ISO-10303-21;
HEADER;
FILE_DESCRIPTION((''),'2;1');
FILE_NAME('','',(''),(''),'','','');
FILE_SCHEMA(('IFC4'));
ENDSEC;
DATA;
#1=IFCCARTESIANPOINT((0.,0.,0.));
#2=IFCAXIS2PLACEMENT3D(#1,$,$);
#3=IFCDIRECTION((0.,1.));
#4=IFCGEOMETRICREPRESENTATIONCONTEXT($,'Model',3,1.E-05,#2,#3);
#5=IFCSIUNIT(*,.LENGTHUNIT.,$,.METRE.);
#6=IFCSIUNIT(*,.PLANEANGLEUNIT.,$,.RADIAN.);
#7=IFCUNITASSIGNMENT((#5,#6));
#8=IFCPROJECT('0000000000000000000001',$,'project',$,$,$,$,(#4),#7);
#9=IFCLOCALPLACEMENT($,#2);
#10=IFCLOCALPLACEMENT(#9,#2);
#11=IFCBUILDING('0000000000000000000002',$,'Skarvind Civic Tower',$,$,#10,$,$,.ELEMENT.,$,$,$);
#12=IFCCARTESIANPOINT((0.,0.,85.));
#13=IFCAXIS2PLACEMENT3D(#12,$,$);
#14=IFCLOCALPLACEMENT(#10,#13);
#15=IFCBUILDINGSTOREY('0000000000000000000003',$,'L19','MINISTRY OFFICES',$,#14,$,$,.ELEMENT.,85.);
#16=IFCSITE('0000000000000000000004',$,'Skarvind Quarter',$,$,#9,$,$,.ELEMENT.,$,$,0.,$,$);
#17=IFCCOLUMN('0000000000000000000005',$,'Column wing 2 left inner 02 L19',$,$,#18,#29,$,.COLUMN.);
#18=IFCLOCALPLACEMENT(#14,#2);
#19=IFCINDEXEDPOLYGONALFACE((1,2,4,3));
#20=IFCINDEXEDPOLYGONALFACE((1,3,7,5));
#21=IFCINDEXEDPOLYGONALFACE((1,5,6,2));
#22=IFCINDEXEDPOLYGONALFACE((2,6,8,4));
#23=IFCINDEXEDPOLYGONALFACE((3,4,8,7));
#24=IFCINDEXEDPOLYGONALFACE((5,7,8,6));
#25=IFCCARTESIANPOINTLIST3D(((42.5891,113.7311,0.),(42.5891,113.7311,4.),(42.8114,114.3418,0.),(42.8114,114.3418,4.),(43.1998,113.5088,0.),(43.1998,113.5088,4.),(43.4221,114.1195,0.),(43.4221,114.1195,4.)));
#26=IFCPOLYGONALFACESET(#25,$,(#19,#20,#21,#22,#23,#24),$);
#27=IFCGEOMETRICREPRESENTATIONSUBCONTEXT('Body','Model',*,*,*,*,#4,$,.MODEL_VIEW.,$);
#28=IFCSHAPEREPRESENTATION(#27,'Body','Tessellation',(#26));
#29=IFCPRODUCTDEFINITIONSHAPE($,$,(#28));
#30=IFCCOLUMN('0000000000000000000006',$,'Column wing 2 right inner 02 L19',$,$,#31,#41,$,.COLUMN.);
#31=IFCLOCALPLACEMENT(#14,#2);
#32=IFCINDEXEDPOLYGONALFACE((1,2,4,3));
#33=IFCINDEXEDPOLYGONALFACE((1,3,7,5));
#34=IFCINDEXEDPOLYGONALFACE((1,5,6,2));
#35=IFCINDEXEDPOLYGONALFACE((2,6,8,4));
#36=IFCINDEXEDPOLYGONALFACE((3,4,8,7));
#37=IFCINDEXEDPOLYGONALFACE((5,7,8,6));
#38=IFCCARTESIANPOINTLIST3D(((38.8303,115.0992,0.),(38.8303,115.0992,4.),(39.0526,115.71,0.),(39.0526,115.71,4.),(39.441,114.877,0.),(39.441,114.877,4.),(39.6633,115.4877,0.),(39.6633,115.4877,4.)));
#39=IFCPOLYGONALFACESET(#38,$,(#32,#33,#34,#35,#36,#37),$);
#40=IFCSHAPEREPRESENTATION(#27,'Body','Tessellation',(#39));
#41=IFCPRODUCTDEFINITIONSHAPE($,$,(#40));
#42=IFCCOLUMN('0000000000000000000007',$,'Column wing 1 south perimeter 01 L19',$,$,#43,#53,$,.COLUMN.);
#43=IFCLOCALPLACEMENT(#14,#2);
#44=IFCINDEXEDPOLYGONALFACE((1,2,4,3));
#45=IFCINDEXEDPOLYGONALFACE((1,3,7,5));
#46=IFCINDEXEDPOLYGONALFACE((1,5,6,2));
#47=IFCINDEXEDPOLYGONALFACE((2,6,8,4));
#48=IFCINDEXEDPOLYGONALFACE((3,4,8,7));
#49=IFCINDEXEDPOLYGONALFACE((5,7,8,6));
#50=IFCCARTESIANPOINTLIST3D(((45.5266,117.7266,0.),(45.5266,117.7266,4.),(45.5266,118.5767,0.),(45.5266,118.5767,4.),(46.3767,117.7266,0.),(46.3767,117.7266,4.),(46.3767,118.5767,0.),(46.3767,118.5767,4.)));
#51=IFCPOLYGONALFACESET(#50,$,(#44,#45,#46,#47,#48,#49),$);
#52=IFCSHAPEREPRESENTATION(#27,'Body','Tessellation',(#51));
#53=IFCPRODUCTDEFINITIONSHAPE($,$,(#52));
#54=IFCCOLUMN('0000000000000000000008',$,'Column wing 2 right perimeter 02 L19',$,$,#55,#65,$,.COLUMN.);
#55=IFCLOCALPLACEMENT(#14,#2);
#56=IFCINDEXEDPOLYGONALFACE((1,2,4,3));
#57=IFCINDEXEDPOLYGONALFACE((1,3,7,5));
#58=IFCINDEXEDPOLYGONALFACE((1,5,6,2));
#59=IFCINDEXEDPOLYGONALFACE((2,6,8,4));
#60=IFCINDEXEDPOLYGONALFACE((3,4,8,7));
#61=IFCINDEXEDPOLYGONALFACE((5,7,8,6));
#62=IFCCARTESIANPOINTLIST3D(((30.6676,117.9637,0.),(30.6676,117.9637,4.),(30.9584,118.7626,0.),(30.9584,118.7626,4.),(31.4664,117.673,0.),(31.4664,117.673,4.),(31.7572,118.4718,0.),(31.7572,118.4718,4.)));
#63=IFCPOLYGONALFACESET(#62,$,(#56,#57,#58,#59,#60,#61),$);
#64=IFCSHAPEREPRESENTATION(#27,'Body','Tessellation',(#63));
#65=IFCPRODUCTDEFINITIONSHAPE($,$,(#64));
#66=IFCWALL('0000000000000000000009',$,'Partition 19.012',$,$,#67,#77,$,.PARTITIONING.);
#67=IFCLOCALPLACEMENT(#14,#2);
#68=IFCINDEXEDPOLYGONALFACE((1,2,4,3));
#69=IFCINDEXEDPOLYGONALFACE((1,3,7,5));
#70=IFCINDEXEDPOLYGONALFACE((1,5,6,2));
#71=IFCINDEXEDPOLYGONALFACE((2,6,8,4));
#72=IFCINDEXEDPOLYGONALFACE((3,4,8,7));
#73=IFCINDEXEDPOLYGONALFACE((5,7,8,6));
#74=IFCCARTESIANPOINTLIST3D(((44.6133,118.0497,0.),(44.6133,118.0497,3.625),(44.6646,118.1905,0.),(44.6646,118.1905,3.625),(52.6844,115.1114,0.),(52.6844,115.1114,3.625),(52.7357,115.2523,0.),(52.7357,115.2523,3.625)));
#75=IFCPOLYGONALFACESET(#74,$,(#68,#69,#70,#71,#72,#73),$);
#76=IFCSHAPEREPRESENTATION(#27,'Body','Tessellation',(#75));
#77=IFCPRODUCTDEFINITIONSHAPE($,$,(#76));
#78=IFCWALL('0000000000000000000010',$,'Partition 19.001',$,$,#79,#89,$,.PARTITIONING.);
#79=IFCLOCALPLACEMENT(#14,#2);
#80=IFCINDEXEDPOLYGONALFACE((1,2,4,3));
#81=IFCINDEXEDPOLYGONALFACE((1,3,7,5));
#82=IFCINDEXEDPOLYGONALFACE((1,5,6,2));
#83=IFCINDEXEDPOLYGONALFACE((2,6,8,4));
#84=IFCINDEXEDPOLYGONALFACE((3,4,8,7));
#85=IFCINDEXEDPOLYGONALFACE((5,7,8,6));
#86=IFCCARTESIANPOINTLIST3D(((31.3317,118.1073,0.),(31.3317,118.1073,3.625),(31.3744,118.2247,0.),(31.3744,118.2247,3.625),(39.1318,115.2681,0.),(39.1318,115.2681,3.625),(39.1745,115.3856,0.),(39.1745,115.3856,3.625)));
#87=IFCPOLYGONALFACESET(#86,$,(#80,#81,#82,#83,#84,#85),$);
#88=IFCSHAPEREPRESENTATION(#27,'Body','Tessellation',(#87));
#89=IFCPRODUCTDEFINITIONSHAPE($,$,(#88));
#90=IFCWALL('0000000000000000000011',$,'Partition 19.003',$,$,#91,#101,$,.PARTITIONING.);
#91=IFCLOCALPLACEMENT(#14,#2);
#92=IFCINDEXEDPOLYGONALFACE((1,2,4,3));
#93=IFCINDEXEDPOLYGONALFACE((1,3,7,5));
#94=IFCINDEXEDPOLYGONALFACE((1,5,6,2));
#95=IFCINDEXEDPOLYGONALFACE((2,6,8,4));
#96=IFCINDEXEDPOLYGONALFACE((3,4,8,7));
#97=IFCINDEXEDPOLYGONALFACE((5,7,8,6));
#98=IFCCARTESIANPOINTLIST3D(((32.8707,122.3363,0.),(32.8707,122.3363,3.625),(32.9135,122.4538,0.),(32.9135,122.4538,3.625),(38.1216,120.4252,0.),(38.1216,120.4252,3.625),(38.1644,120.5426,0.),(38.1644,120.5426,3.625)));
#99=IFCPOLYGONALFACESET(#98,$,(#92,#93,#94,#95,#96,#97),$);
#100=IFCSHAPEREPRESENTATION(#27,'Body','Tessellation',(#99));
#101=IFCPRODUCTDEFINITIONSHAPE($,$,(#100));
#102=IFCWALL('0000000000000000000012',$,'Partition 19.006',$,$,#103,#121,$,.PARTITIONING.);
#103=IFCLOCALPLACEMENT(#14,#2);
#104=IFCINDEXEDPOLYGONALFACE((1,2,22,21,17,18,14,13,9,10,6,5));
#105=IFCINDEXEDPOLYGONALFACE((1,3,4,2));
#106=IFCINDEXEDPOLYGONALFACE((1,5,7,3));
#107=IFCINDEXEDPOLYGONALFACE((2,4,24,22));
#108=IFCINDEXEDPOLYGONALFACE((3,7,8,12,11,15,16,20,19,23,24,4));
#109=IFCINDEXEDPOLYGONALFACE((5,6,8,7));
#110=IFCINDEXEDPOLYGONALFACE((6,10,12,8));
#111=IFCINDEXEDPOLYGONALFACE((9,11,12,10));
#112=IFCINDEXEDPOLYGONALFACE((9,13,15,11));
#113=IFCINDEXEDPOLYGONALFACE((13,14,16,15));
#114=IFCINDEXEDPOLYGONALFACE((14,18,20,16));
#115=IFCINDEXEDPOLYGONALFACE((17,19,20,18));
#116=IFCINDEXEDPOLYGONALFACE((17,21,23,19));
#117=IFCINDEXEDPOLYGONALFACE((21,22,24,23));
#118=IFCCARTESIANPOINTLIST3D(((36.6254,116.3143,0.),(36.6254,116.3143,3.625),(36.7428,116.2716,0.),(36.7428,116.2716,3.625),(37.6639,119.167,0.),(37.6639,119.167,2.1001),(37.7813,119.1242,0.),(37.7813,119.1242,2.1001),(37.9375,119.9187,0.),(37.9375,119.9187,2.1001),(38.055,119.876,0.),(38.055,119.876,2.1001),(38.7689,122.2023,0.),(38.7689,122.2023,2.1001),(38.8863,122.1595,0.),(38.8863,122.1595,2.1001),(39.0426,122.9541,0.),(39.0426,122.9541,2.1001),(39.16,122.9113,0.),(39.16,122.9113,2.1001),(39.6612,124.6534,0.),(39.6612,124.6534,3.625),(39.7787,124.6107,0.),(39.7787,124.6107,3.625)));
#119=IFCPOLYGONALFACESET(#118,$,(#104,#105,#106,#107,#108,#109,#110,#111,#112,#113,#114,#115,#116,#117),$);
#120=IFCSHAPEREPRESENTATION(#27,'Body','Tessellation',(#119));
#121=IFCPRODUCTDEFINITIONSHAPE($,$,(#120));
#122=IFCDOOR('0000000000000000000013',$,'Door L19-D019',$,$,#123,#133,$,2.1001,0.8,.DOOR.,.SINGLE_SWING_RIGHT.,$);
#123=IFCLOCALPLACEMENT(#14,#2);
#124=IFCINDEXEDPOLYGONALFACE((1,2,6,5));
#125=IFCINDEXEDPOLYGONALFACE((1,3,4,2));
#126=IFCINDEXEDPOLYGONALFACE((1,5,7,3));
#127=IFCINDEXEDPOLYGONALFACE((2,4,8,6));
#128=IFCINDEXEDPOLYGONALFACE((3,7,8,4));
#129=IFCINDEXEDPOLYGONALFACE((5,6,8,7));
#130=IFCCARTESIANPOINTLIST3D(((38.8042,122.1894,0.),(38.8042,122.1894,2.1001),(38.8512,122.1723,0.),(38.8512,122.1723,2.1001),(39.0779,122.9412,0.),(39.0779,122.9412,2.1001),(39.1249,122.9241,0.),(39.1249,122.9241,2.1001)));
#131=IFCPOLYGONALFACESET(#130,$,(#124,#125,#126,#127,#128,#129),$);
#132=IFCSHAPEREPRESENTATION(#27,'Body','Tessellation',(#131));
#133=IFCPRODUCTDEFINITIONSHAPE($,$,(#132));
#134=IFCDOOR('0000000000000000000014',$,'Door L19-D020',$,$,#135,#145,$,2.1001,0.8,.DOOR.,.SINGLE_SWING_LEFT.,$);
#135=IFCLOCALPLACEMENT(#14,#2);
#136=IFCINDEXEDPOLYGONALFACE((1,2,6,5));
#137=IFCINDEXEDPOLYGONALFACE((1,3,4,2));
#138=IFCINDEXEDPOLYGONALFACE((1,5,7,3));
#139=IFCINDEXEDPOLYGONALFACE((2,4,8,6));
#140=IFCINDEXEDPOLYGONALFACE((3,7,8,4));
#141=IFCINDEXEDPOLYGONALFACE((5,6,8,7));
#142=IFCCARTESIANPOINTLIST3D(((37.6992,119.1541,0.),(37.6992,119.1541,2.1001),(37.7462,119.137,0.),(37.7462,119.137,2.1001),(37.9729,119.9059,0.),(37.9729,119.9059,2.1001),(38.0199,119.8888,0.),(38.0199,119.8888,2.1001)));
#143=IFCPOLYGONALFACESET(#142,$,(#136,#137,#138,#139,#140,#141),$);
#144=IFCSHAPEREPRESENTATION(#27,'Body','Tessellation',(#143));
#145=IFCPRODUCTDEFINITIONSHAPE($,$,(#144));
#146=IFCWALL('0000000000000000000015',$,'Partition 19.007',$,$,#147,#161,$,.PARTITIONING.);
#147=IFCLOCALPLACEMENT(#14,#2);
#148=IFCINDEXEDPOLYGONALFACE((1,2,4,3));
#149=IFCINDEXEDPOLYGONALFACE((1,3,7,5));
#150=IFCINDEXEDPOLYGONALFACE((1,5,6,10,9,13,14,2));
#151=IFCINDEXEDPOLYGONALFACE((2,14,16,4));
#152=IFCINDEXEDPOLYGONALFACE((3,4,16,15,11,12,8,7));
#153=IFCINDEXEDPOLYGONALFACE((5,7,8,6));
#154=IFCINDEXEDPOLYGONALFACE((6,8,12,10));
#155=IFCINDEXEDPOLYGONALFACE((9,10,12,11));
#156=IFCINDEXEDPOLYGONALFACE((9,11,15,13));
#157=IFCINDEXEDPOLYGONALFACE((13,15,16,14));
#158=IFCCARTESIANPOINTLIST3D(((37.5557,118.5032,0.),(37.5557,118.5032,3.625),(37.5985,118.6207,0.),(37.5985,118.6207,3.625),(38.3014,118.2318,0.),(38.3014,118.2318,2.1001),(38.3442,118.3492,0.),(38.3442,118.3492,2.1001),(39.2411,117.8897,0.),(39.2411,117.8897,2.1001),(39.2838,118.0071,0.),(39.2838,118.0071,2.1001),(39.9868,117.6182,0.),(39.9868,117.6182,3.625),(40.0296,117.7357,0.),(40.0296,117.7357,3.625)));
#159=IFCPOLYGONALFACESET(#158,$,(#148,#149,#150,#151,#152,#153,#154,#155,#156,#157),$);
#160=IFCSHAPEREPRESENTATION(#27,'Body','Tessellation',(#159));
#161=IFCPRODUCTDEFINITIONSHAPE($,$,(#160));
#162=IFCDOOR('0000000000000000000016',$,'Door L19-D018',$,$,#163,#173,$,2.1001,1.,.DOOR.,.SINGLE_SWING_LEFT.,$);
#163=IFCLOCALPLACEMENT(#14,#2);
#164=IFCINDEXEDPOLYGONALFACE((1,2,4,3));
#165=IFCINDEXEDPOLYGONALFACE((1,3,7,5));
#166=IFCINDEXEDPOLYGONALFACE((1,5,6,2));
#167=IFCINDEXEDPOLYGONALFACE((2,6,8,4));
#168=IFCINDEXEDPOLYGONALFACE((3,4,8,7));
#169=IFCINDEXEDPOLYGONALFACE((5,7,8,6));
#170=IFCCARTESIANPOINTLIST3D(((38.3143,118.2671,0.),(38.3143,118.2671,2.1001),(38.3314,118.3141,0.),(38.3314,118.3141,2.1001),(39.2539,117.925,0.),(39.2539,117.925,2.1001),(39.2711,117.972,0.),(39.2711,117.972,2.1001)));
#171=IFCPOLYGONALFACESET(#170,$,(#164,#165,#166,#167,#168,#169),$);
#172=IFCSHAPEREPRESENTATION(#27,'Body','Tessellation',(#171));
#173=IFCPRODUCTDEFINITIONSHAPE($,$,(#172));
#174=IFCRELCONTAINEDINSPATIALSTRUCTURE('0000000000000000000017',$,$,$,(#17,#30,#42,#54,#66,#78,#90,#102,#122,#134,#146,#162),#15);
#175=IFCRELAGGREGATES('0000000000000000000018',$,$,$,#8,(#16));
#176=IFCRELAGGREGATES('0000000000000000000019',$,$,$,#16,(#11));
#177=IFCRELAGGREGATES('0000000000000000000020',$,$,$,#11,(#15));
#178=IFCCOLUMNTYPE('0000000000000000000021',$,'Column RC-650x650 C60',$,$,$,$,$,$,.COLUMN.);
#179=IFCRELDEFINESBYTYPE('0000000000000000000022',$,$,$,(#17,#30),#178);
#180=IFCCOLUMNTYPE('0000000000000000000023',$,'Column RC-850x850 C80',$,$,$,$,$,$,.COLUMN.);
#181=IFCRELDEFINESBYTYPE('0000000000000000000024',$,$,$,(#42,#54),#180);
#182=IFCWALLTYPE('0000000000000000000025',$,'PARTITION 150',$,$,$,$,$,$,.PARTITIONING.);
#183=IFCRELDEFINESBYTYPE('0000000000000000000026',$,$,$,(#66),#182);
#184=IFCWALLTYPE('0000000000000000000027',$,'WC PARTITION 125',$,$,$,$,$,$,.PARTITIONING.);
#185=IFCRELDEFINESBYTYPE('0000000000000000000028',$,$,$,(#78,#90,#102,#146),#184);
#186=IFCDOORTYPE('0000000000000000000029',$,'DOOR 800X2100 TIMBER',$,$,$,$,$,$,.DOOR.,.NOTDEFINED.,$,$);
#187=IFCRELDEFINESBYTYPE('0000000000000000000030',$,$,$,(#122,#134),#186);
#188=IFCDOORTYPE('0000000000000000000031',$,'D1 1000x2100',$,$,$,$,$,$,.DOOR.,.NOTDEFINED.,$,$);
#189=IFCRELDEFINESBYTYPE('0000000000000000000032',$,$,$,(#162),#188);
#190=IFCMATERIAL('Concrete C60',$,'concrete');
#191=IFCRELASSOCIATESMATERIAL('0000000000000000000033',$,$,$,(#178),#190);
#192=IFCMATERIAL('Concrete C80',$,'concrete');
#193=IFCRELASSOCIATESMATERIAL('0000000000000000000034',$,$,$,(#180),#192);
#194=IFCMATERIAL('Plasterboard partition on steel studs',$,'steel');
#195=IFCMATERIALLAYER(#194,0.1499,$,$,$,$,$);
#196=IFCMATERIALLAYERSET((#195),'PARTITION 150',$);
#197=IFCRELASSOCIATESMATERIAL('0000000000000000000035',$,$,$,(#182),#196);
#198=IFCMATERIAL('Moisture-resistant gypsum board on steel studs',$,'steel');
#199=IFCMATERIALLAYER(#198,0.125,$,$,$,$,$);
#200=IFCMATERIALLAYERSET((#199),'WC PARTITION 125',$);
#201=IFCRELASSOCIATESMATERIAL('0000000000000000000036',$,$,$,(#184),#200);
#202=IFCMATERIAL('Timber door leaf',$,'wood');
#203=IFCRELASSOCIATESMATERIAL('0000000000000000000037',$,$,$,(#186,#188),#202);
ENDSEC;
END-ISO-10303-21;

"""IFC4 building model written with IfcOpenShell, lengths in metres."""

from ifc_helpers import new_model, si_unit, direction, frame, frame_2d, origin, origin_2d, place, context, subcontext, project, spatial, rectangle, extrude, material, layer, layer_set, material_profile, profile_set, type_object, element, fill, save


model = new_model("IFC4")

# Units and contexts
model_context = context("Model", 3, precision=1e-05, world=origin(), true_north=direction((0.0, 1.0)))
body_context = subcontext(model_context, "Body", "Model", "MODEL_VIEW")
ifc_project = project(units=[si_unit("LENGTHUNIT", "METRE"), si_unit("PLANEANGLEUNIT", "RADIAN")], contexts=[model_context])

# Site, building, storey
site_placement = place(None, origin())
site = spatial("IfcSite", under=ifc_project, at=site_placement, Name="Skarvind Quarter", CompositionType="ELEMENT", RefElevation=0.0)
building_placement = place(site_placement, origin())
building = spatial("IfcBuilding", under=site, at=building_placement, Name="Skarvind Civic Tower", CompositionType="ELEMENT")
storey_placement = place(building_placement, frame((0.0, 0.0, 85.0)))
storey = spatial("IfcBuildingStorey", under=building, at=storey_placement, Name="L19", Description="MINISTRY OFFICES", CompositionType="ELEMENT", Elevation=85.0)

# Columns
ifc_material_1 = material(Name="Concrete C60", Category="concrete")
ifc_material_profile_1 = material_profile(ifc_material_1, rectangle(XDim=0.6499, YDim=0.6499, at=origin_2d()), Name="RC-650x650")
ifc_profile_set_1 = profile_set([ifc_material_profile_1], Name="Concrete C60")
column_type_1 = type_object("IfcColumnType", Name="Column RC-650x650 C60", PredefinedType="COLUMN", material=ifc_profile_set_1)
for number, where, z_axis, x_axis, name in (
    (1, (43.0056, 113.9253, 0.0), (0.0, 0.0, 1.0), (-0.34202, -0.939693, 0.0), "Column wing 2 left inner 02 L19"),
    (2, (39.2468, 115.2935, 0.0), (0.0, 0.0, 1.0), (-0.34202, -0.939693, 0.0), "Column wing 2 right inner 02 L19"),
):
    element("IfcColumn", number, at=place(storey_placement, frame(where, z_axis=z_axis, x_axis=x_axis)), inside=storey, type_object=column_type_1, Name=name, PredefinedType="COLUMN", context=body_context, shape_type="SweptSolid", body=[
        extrude(rectangle(XDim=0.6499, YDim=0.6499, at=origin_2d()), origin(), (0.0, 0.0, 1.0), 4.0),
    ])
ifc_material_2 = material(Name="Concrete C80", Category="concrete")
ifc_material_profile_2 = material_profile(ifc_material_2, rectangle(XDim=0.8501, YDim=0.8501, at=origin_2d()), Name="RC-850x850")
ifc_profile_set_2 = profile_set([ifc_material_profile_2], Name="Concrete C80")
column_type_2 = type_object("IfcColumnType", Name="Column RC-850x850 C80", PredefinedType="COLUMN", material=ifc_profile_set_2)
for number, where, z_axis, x_axis, name in (
    (3, (45.9517, 118.1516, 0.0), (0.0, 0.0, 1.0), (1.0, 0.0, 0.0), "Column wing 1 south perimeter 01 L19"),
    (4, (31.2124, 118.2178, 0.0), (0.0, 0.0, 1.0), (-0.34202, -0.939693, 0.0), "Column wing 2 right perimeter 02 L19"),
):
    element("IfcColumn", number, at=place(storey_placement, frame(where, z_axis=z_axis, x_axis=x_axis)), inside=storey, type_object=column_type_2, Name=name, PredefinedType="COLUMN", context=body_context, shape_type="SweptSolid", body=[
        extrude(rectangle(XDim=0.8501, YDim=0.8501, at=origin_2d()), origin(), (0.0, 0.0, 1.0), 4.0),
    ])

# Walls
ifc_material_3 = material(Name="Plasterboard partition on steel studs", Category="steel")
ifc_layer_1 = layer(ifc_material_3, 0.1499)
ifc_layer_set_1 = layer_set([ifc_layer_1], Name="PARTITION 150")
wall_type_1 = type_object("IfcWallType", Name="PARTITION 150", PredefinedType="PARTITIONING", material=ifc_layer_set_1)
wall_1_placement = place(storey_placement, frame((44.6389, 118.1201, 0.0), z_axis=(0.0, 0.0, 1.0), x_axis=(0.93967, -0.342083, 0.0)))
element("IfcWall", 5, at=wall_1_placement, inside=storey, type_object=wall_type_1, Name="Partition 19.012", PredefinedType="PARTITIONING", context=body_context, shape_type="SweptSolid", body=[
    extrude(rectangle(XDim=8.5894, YDim=0.1499, at=frame_2d((4.2947, 0.0))), origin(), (0.0, 0.0, 1.0), 3.625),
])
ifc_material_4 = material(Name="Moisture-resistant gypsum board on steel studs", Category="steel")
ifc_layer_2 = layer(ifc_material_4, 0.125)
ifc_layer_set_2 = layer_set([ifc_layer_2], Name="WC PARTITION 125")
wall_type_2 = type_object("IfcWallType", Name="WC PARTITION 125", PredefinedType="PARTITIONING", material=ifc_layer_set_2)
wall_2_placement = place(storey_placement, frame((31.353, 118.166, 0.0), z_axis=(0.0, 0.0, 1.0), x_axis=(0.939688, -0.342034, 0.0)))
element("IfcWall", 6, at=wall_2_placement, inside=storey, type_object=wall_type_2, Name="Partition 19.001", PredefinedType="PARTITIONING", context=body_context, shape_type="SweptSolid", body=[
    extrude(rectangle(XDim=8.3008, YDim=0.125, at=frame_2d((4.1504, 0.0))), origin(), (0.0, 0.0, 1.0), 3.625),
])
wall_3_placement = place(storey_placement, frame((32.8921, 122.395, 0.0), z_axis=(0.0, 0.0, 1.0), x_axis=(0.939696, -0.34201, 0.0)))
element("IfcWall", 7, at=wall_3_placement, inside=storey, type_object=wall_type_2, Name="Partition 19.003", PredefinedType="PARTITIONING", context=body_context, shape_type="SweptSolid", body=[
    extrude(rectangle(XDim=5.5879, YDim=0.125, at=frame_2d((2.7939, 0.0))), origin(), (0.0, 0.0, 1.0), 3.625),
])

# Wall, openings, doors
wall_4_placement = place(storey_placement, frame((36.6841, 116.293, 0.0), z_axis=(0.0, 0.0, 1.0), x_axis=(0.34209, 0.939667, 0.0)))
wall_4 = element("IfcWall", 8, at=wall_4_placement, inside=storey, type_object=wall_type_2, Name="Partition 19.006", PredefinedType="PARTITIONING", context=body_context, shape_type="SweptSolid", body=[
    extrude(rectangle(XDim=8.8745, YDim=0.125, at=frame_2d((4.4373, 0.0))), origin(), (0.0, 0.0, 1.0), 3.625),
])
opening_1_placement = place(wall_4_placement, frame((6.2661, 0.0, 0.0)))
opening_1 = element("IfcOpeningElement", 9, at=opening_1_placement, cuts=wall_4, PredefinedType="OPENING", context=body_context, shape_type="SweptSolid", body=[
    extrude(rectangle(XDim=0.8, YDim=2.1001, at=frame_2d((0.3999, 1.05))), frame((0.0, 0.0725, 0.0), z_axis=(0.0, -1.0, 0.0), x_axis=(1.0, 0.0, 0.0)), (0.0, 0.0, 1.0), 0.145),
])
opening_2_placement = place(wall_4_placement, frame((3.0359, 0.0, 0.0)))
opening_2 = element("IfcOpeningElement", 10, at=opening_2_placement, cuts=wall_4, PredefinedType="OPENING", context=body_context, shape_type="SweptSolid", body=[
    extrude(rectangle(XDim=0.8, YDim=2.1001, at=frame_2d((0.3999, 1.05))), frame((0.0, 0.0725, 0.0), z_axis=(0.0, -1.0, 0.0), x_axis=(1.0, 0.0, 0.0)), (0.0, 0.0, 1.0), 0.145),
])
ifc_material_5 = material(Name="Timber door leaf", Category="wood")
door_type_1 = type_object("IfcDoorType", Name="DOOR 800X2100 TIMBER", OperationType="NOTDEFINED", PredefinedType="DOOR", material=ifc_material_5)
door_1_placement = place(opening_1_placement, origin())
door_1 = element("IfcDoor", 11, at=door_1_placement, inside=storey, type_object=door_type_1, Name="Door L19-D019", OperationType="SINGLE_SWING_RIGHT", OverallHeight=2.1001, OverallWidth=0.8, PredefinedType="DOOR", context=body_context, shape_type="SweptSolid", body=[
    extrude(rectangle(XDim=0.8, YDim=2.1001, at=frame_2d((0.3999, 1.05))), frame((0.0, 0.0249, 0.0), z_axis=(0.0, -1.0, 0.0), x_axis=(1.0, 0.0, 0.0)), (0.0, 0.0, 1.0), 0.05),
])
fill(opening_1, door_1)
door_2_placement = place(opening_2_placement, origin())
door_2 = element("IfcDoor", 12, at=door_2_placement, inside=storey, type_object=door_type_1, Name="Door L19-D020", OperationType="SINGLE_SWING_LEFT", OverallHeight=2.1001, OverallWidth=0.8, PredefinedType="DOOR", context=body_context, shape_type="SweptSolid", body=[
    extrude(rectangle(XDim=0.8, YDim=2.1001, at=frame_2d((0.3999, 1.05))), frame((0.0, 0.0249, 0.0), z_axis=(0.0, -1.0, 0.0), x_axis=(1.0, 0.0, 0.0)), (0.0, 0.0, 1.0), 0.05),
])
fill(opening_2, door_2)

# Wall, opening, door
wall_5_placement = place(storey_placement, frame((40.0081, 117.677, 0.0), z_axis=(0.0, 0.0, 1.0), x_axis=(-0.939675, 0.342069, 0.0)))
wall_5 = element("IfcWall", 13, at=wall_5_placement, inside=storey, type_object=wall_type_2, Name="Partition 19.007", PredefinedType="PARTITIONING", context=body_context, shape_type="SweptSolid", body=[
    extrude(rectangle(XDim=2.5872, YDim=0.125, at=frame_2d((1.2935, 0.0))), origin(), (0.0, 0.0, 1.0), 3.625),
])
opening_3_placement = place(wall_5_placement, frame((0.7935, 0.0, 0.0)))
opening_3 = element("IfcOpeningElement", 14, at=opening_3_placement, cuts=wall_5, PredefinedType="OPENING", context=body_context, shape_type="SweptSolid", body=[
    extrude(rectangle(XDim=1.0, YDim=2.1001, at=frame_2d((0.5, 1.05))), frame((0.0, 0.0725, 0.0), z_axis=(0.0, -1.0, 0.0), x_axis=(1.0, 0.0, 0.0)), (0.0, 0.0, 1.0), 0.145),
])
door_type_2 = type_object("IfcDoorType", Name="D1 1000x2100", OperationType="NOTDEFINED", PredefinedType="DOOR", material=ifc_material_5)
door_3_placement = place(opening_3_placement, origin())
door_3 = element("IfcDoor", 15, at=door_3_placement, inside=storey, type_object=door_type_2, Name="Door L19-D018", OperationType="SINGLE_SWING_LEFT", OverallHeight=2.1001, OverallWidth=1.0, PredefinedType="DOOR", context=body_context, shape_type="SweptSolid", body=[
    extrude(rectangle(XDim=1.0, YDim=2.1001, at=frame_2d((0.5, 1.05))), frame((0.0, 0.0249, 0.0), z_axis=(0.0, -1.0, 0.0), x_axis=(1.0, 0.0, 0.0)), (0.0, 0.0, 1.0), 0.05),
])
fill(opening_3, door_3)

save(model, "model.ifc")
